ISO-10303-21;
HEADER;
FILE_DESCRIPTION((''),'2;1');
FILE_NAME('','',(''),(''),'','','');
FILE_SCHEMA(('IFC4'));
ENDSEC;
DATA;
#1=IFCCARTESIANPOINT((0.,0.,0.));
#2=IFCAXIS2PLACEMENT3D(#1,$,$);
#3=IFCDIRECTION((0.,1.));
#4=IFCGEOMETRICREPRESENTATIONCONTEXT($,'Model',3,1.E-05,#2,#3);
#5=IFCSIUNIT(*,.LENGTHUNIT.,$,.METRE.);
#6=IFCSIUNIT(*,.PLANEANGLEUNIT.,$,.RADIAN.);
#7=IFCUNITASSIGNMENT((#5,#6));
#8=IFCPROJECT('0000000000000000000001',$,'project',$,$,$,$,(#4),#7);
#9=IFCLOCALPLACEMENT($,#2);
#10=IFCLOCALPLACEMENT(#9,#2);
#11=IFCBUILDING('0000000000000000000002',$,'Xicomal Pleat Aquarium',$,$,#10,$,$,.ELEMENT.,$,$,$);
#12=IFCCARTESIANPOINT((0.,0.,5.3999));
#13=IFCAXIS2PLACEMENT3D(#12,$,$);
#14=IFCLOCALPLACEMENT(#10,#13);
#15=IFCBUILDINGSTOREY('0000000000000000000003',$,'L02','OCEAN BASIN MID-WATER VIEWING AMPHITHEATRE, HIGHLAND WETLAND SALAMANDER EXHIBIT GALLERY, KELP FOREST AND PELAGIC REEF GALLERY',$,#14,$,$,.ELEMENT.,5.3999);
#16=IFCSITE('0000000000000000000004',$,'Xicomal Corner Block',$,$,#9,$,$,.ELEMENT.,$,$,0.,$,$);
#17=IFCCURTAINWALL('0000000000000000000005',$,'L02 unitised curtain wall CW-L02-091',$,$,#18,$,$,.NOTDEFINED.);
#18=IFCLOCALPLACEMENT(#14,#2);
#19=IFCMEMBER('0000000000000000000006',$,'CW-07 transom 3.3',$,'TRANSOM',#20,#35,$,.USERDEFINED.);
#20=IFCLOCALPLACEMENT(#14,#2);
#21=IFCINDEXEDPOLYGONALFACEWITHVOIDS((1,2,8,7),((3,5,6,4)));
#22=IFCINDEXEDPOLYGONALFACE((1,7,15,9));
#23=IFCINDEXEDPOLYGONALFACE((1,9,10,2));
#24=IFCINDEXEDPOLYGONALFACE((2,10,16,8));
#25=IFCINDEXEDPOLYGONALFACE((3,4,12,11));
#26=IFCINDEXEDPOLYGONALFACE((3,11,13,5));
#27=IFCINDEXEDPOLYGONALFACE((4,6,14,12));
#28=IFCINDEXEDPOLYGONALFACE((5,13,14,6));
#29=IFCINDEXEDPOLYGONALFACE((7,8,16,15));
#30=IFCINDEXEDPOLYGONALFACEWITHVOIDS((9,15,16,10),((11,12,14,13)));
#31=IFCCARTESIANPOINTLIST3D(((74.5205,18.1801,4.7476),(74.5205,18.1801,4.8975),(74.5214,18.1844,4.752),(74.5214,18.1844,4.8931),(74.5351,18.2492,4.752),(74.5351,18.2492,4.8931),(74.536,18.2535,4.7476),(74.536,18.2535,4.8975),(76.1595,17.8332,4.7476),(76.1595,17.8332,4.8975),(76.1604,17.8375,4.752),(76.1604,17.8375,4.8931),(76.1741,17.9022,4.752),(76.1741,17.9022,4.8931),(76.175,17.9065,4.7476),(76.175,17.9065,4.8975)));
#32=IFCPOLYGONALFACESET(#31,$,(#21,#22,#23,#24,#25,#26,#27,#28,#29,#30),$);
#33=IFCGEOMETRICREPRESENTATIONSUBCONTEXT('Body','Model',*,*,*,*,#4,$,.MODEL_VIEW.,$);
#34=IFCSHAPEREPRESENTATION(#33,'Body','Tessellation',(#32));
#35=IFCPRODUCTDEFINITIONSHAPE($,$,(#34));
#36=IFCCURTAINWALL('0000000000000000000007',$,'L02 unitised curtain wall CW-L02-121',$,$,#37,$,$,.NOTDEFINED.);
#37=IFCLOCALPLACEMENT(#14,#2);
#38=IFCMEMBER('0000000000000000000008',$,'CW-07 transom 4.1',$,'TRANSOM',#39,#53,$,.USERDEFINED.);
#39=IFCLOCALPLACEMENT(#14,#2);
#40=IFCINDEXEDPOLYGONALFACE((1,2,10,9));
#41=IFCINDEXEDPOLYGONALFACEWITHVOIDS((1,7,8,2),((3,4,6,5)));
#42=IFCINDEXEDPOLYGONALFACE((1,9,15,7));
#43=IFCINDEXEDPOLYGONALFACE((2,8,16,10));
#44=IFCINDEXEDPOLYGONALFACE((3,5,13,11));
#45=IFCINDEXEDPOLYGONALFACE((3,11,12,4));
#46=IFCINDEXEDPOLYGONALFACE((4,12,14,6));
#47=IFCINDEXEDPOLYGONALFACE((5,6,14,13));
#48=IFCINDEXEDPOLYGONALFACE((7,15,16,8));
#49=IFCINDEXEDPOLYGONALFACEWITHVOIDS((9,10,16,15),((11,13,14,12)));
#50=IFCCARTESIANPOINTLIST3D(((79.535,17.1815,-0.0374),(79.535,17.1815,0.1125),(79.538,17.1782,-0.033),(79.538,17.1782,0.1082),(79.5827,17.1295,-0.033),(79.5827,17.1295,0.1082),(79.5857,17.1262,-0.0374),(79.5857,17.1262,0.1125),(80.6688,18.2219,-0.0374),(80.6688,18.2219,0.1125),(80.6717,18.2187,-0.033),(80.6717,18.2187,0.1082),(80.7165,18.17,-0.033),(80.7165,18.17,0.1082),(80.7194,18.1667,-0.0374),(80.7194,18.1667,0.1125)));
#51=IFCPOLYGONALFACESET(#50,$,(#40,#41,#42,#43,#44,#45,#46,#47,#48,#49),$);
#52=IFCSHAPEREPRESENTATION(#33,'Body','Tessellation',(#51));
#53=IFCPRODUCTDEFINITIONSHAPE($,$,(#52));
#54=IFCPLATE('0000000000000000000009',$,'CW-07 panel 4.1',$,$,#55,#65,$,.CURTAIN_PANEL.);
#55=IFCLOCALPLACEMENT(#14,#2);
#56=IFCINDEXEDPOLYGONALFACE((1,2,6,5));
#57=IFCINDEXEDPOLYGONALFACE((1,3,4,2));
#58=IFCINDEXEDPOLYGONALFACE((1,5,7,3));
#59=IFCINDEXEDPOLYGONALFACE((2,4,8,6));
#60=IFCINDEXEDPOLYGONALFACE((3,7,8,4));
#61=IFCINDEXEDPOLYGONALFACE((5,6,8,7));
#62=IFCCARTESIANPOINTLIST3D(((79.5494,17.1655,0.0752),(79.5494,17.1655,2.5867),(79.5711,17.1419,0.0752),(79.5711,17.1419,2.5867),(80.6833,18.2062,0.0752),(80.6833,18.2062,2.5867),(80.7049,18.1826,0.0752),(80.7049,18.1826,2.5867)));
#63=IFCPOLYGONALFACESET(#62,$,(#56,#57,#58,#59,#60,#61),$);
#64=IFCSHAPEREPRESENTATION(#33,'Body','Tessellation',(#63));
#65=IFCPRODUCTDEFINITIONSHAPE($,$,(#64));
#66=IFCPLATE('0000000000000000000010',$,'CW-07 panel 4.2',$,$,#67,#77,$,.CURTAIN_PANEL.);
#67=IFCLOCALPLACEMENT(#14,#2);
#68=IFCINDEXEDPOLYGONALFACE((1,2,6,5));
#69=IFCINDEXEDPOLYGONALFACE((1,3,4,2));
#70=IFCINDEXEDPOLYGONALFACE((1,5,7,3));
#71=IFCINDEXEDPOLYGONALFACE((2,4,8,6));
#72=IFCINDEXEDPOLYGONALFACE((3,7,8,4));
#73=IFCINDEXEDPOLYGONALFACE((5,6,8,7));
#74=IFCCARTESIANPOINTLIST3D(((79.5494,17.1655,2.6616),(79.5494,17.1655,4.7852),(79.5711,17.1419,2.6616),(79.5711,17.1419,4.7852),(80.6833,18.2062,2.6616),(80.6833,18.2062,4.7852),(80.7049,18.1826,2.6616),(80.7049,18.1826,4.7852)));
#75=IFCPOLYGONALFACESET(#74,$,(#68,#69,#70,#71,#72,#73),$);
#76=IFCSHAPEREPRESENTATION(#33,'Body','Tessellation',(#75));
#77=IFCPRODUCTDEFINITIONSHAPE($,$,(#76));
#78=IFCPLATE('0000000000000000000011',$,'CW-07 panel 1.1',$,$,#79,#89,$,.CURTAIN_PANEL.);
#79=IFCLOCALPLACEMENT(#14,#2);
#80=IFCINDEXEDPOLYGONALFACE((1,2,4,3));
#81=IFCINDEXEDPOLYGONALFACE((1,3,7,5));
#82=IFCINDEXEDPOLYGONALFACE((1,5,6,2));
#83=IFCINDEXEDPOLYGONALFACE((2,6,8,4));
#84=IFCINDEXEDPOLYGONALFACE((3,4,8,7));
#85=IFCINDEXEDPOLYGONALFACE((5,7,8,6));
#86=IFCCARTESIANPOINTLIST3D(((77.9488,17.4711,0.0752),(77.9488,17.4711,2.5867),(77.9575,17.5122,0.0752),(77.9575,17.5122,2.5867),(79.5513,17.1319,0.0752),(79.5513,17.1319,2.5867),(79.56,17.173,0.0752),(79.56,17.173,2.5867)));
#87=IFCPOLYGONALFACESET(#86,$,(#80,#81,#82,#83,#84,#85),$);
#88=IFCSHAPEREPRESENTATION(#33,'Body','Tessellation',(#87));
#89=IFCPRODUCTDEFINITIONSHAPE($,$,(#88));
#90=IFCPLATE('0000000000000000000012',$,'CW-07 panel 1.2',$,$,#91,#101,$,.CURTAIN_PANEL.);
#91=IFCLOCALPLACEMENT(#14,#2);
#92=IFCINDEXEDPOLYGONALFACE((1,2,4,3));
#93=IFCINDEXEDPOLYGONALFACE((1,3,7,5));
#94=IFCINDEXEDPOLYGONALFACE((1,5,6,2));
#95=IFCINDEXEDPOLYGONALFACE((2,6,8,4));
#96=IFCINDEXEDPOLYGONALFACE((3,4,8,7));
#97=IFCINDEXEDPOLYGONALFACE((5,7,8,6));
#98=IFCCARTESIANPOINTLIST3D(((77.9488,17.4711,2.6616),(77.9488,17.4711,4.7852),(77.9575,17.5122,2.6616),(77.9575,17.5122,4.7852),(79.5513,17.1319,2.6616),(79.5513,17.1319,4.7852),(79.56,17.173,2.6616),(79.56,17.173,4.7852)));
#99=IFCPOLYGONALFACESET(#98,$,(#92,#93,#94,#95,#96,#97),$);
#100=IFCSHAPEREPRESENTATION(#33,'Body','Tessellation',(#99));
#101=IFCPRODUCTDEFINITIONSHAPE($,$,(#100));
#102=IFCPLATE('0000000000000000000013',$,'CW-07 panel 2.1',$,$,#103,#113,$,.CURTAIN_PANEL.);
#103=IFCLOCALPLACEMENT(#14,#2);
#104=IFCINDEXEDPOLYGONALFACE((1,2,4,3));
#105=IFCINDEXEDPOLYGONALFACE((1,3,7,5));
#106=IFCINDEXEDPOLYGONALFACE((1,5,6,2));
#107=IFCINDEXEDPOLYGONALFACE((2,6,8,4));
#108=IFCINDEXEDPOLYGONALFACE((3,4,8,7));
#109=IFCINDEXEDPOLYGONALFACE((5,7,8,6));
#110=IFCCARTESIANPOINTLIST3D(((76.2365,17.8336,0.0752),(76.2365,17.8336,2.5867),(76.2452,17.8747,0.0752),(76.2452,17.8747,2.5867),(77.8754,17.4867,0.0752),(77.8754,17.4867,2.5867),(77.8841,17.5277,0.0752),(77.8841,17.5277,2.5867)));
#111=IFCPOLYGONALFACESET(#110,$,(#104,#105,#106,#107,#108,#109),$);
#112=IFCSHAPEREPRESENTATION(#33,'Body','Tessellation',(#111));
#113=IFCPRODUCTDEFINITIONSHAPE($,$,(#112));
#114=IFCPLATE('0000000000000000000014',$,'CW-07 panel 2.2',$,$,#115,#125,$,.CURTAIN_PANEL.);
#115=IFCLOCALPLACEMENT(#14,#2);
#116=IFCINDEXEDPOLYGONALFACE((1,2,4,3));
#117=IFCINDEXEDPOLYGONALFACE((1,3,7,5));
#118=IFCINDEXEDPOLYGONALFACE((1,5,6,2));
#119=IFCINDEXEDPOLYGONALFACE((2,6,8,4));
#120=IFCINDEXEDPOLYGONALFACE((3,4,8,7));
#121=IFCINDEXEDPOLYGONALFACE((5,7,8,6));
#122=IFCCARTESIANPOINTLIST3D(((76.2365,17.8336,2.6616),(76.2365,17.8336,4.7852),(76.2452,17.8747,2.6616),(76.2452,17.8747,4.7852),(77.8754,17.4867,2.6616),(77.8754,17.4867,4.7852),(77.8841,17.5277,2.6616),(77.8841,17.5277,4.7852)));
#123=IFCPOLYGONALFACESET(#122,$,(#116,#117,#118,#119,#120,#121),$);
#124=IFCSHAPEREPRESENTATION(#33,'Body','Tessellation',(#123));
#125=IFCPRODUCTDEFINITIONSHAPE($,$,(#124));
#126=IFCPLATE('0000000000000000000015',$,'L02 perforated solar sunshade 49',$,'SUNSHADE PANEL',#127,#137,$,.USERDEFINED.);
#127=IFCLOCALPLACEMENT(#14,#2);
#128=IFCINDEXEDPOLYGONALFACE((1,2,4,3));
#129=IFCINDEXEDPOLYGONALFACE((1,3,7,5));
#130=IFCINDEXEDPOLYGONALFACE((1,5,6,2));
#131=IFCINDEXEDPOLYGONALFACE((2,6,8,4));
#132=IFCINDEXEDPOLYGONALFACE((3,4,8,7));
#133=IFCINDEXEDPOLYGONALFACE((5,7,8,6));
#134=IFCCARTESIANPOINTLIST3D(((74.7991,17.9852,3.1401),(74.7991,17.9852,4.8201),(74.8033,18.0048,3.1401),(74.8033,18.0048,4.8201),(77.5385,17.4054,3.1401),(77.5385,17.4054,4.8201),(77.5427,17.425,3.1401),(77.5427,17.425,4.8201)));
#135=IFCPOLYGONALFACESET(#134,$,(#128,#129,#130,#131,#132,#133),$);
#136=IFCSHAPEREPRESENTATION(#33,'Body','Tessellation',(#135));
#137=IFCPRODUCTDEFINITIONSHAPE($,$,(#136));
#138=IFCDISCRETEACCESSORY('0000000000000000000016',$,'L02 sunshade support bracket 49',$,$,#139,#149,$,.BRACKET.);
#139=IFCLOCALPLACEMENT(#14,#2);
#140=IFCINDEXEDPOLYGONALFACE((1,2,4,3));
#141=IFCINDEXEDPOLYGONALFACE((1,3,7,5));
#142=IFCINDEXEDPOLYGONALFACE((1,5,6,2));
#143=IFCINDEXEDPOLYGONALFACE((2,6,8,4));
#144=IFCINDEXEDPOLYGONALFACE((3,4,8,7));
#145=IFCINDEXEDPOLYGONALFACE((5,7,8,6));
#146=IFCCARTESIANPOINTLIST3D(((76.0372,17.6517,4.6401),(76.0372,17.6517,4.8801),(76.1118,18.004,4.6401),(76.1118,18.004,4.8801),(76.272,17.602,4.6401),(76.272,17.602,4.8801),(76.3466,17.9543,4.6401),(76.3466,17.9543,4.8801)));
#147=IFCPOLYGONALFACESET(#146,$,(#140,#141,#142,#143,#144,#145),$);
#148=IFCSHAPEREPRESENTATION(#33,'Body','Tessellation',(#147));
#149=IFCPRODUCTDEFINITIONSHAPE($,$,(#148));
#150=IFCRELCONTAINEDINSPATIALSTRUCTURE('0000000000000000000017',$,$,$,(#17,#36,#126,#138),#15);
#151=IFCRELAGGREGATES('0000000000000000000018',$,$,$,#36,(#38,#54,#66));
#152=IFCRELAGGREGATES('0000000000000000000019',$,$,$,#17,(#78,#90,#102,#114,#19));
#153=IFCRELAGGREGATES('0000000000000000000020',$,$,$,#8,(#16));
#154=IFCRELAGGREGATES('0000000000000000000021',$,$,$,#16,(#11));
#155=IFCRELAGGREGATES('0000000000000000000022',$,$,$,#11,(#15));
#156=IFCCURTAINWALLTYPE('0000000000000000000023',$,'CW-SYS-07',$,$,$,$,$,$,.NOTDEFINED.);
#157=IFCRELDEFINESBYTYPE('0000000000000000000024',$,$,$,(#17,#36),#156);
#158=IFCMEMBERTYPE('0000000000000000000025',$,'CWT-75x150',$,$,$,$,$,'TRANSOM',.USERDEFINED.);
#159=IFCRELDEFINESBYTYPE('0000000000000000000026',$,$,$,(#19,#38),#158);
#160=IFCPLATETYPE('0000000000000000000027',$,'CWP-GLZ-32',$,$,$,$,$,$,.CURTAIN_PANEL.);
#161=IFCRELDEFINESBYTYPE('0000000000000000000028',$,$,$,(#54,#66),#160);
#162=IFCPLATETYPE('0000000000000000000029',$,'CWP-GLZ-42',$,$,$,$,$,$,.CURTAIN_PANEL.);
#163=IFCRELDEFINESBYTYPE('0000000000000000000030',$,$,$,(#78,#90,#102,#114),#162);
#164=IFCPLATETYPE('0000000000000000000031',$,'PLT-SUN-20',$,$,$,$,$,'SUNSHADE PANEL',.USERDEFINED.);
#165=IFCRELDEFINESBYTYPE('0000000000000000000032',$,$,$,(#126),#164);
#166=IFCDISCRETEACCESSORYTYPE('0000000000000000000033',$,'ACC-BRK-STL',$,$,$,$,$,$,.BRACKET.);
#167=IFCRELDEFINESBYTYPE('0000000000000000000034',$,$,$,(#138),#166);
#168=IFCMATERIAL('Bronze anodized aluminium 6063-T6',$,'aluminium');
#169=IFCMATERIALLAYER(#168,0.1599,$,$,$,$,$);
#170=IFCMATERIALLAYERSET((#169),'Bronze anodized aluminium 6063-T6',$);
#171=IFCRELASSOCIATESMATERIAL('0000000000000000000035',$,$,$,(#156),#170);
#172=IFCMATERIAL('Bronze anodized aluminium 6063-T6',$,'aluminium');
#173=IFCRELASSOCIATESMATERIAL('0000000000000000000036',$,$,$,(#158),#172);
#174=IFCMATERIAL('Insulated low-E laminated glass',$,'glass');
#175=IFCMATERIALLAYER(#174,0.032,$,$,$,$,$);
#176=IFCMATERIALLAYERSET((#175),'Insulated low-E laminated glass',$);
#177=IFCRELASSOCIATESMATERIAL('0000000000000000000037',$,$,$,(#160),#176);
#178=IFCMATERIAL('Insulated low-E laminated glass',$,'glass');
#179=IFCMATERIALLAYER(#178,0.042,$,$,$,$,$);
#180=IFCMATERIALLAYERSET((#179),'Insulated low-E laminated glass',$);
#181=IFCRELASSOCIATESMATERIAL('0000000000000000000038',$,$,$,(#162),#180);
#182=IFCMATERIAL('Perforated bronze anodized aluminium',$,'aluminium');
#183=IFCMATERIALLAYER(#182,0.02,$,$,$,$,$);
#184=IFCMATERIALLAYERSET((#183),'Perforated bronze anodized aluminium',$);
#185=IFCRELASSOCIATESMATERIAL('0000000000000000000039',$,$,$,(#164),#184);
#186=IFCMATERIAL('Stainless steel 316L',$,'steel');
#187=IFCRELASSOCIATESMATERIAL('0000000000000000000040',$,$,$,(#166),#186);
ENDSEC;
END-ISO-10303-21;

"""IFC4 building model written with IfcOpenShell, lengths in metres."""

from ifc_helpers import new_model, si_unit, direction, frame, origin, origin_2d, place, context, subcontext, project, spatial, rectangle, hollow_rectangle, extrude, material, layer, layer_set, material_profile, profile_set, type_object, element, aggregate, save


model = new_model("IFC4")

# Units and contexts
model_context = context("Model", 3, precision=1e-05, world=origin(), true_north=direction((0.0, 1.0)))
body_context = subcontext(model_context, "Body", "Model", "MODEL_VIEW")
ifc_project = project(units=[si_unit("LENGTHUNIT", "METRE"), si_unit("PLANEANGLEUNIT", "RADIAN")], contexts=[model_context])

# Site, building, storey
site_placement = place(None, origin())
site = spatial("IfcSite", under=ifc_project, at=site_placement, Name="Xicomal Corner Block", CompositionType="ELEMENT", RefElevation=0.0)
building_placement = place(site_placement, origin())
building = spatial("IfcBuilding", under=site, at=building_placement, Name="Xicomal Pleat Aquarium", CompositionType="ELEMENT")
storey_placement = place(building_placement, frame((0.0, 0.0, 5.3999)))
storey = spatial("IfcBuildingStorey", under=building, at=storey_placement, Name="L02", Description="OCEAN BASIN MID-WATER VIEWING AMPHITHEATRE, HIGHLAND WETLAND SALAMANDER EXHIBIT GALLERY, KELP FOREST AND PELAGIC REEF GALLERY", CompositionType="ELEMENT", Elevation=5.3999)

# Curtain wall, member
ifc_material_1 = material(Name="Bronze anodized aluminium 6063-T6", Category="aluminium")
ifc_layer_1 = layer(ifc_material_1, 0.1599)
ifc_layer_set_1 = layer_set([ifc_layer_1], Name="Bronze anodized aluminium 6063-T6")
curtain_wall_type = type_object("IfcCurtainWallType", Name="CW-SYS-07", PredefinedType="NOTDEFINED", material=ifc_layer_set_1)
curtain_wall_1_placement = place(storey_placement, origin())
curtain_wall_1 = element("IfcCurtainWall", 1, at=curtain_wall_1_placement, inside=storey, type_object=curtain_wall_type, Name="L02 unitised curtain wall CW-L02-091", PredefinedType="NOTDEFINED")
ifc_material_2 = material(Name="Bronze anodized aluminium 6063-T6", Category="aluminium")
ifc_material_profile_1 = material_profile(ifc_material_2, hollow_rectangle(XDim=0.075, YDim=0.1499, WallThickness=0.0044, at=origin_2d()), Name="ALU TRAN 75x150")
ifc_profile_set_1 = profile_set([ifc_material_profile_1], Name="Bronze anodized aluminium 6063-T6")
member_type_1 = type_object("IfcMemberType", Name="CWT-75x150", ElementType="TRANSOM", PredefinedType="USERDEFINED", material=ifc_profile_set_1)
member_1_placement = place(storey_placement, frame((76.1672, 17.8699, 4.8225), z_axis=(-0.978322, 0.20709, 0.0), x_axis=(-0.20709, -0.978322, 0.0)))
member_1 = element("IfcMember", 2, at=member_1_placement, type_object=member_type_1, Name="CW-07 transom 3.3", ObjectType="TRANSOM", PredefinedType="USERDEFINED", context=body_context, shape_type="SweptSolid", body=[
    extrude(hollow_rectangle(XDim=0.075, YDim=0.1499, WallThickness=0.0044, at=origin_2d()), origin(), (0.0, 0.0, 1.0), 1.6753),
])

# Curtain wall, member, plates
curtain_wall_2_placement = place(storey_placement, origin())
curtain_wall_2 = element("IfcCurtainWall", 3, at=curtain_wall_2_placement, inside=storey, type_object=curtain_wall_type, Name="L02 unitised curtain wall CW-L02-121", PredefinedType="NOTDEFINED")
member_2_placement = place(storey_placement, frame((80.6941, 18.1943, 0.0376), z_axis=(-0.736759, -0.676156, 0.0), x_axis=(0.676156, -0.736759, 0.0)))
member_2 = element("IfcMember", 4, at=member_2_placement, type_object=member_type_1, Name="CW-07 transom 4.1", ObjectType="TRANSOM", PredefinedType="USERDEFINED", context=body_context, shape_type="SweptSolid", body=[
    extrude(hollow_rectangle(XDim=0.075, YDim=0.1499, WallThickness=0.0044, at=origin_2d()), origin(), (0.0, 0.0, 1.0), 1.5388),
])
ifc_material_3 = material(Name="Insulated low-E laminated glass", Category="glass")
ifc_layer_2 = layer(ifc_material_3, 0.032)
ifc_layer_set_2 = layer_set([ifc_layer_2], Name="Insulated low-E laminated glass")
plate_type_1 = type_object("IfcPlateType", Name="CWP-GLZ-32", PredefinedType="CURTAIN_PANEL", material=ifc_layer_set_2)
plate_1_placement = place(storey_placement, frame((80.1272, 17.6741, 0.0752), z_axis=(0.0, 0.0, 1.0), x_axis=(-0.736733, -0.676184, 0.0)))
plate_1 = element("IfcPlate", 5, at=plate_1_placement, type_object=plate_type_1, Name="CW-07 panel 4.1", PredefinedType="CURTAIN_PANEL", context=body_context, shape_type="SweptSolid", body=[
    extrude(rectangle(XDim=1.5391, YDim=0.032, at=origin_2d()), origin(), (0.0, 0.0, 1.0), 2.5115),
])
plate_2_placement = place(storey_placement, frame((80.1272, 17.6741, 2.6616), z_axis=(0.0, 0.0, 1.0), x_axis=(-0.736733, -0.676184, 0.0)))
plate_2 = element("IfcPlate", 6, at=plate_2_placement, type_object=plate_type_1, Name="CW-07 panel 4.2", PredefinedType="CURTAIN_PANEL", context=body_context, shape_type="SweptSolid", body=[
    extrude(rectangle(XDim=1.5391, YDim=0.032, at=origin_2d()), origin(), (0.0, 0.0, 1.0), 2.1235),
])
aggregate(curtain_wall_2, [member_2, plate_1, plate_2])

# Plates
ifc_material_4 = material(Name="Insulated low-E laminated glass", Category="glass")
ifc_layer_3 = layer(ifc_material_4, 0.042)
ifc_layer_set_3 = layer_set([ifc_layer_3], Name="Insulated low-E laminated glass")
plate_type_2 = type_object("IfcPlateType", Name="CWP-GLZ-42", PredefinedType="CURTAIN_PANEL", material=ifc_layer_set_3)
plate_3_placement = place(storey_placement, frame((78.7544, 17.322, 0.0752), z_axis=(0.0, 0.0, 1.0), x_axis=(-0.978322, 0.20709, 0.0)))
plate_3 = element("IfcPlate", 7, at=plate_3_placement, type_object=plate_type_2, Name="CW-07 panel 1.1", PredefinedType="CURTAIN_PANEL", context=body_context, shape_type="SweptSolid", body=[
    extrude(rectangle(XDim=1.6379, YDim=0.042, at=origin_2d()), origin(), (0.0, 0.0, 1.0), 2.5115),
])
plate_4_placement = place(storey_placement, frame((78.7544, 17.322, 2.6616), z_axis=(0.0, 0.0, 1.0), x_axis=(-0.978322, 0.20709, 0.0)))
plate_4 = element("IfcPlate", 8, at=plate_4_placement, type_object=plate_type_2, Name="CW-07 panel 1.2", PredefinedType="CURTAIN_PANEL", context=body_context, shape_type="SweptSolid", body=[
    extrude(rectangle(XDim=1.6379, YDim=0.042, at=origin_2d()), origin(), (0.0, 0.0, 1.0), 2.1235),
])
plate_5_placement = place(storey_placement, frame((77.0603, 17.6807, 0.0752), z_axis=(0.0, 0.0, 1.0), x_axis=(-0.978322, 0.20709, 0.0)))
plate_5 = element("IfcPlate", 9, at=plate_5_placement, type_object=plate_type_2, Name="CW-07 panel 2.1", PredefinedType="CURTAIN_PANEL", context=body_context, shape_type="SweptSolid", body=[
    extrude(rectangle(XDim=1.6753, YDim=0.042, at=origin_2d()), origin(), (0.0, 0.0, 1.0), 2.5115),
])
plate_6_placement = place(storey_placement, frame((77.0603, 17.6807, 2.6616), z_axis=(0.0, 0.0, 1.0), x_axis=(-0.978322, 0.20709, 0.0)))
plate_6 = element("IfcPlate", 10, at=plate_6_placement, type_object=plate_type_2, Name="CW-07 panel 2.2", PredefinedType="CURTAIN_PANEL", context=body_context, shape_type="SweptSolid", body=[
    extrude(rectangle(XDim=1.6753, YDim=0.042, at=origin_2d()), origin(), (0.0, 0.0, 1.0), 2.1235),
])
aggregate(curtain_wall_1, [plate_3, plate_4, plate_5, plate_6, member_1])
ifc_material_5 = material(Name="Perforated bronze anodized aluminium", Category="aluminium")
ifc_layer_4 = layer(ifc_material_5, 0.02)
ifc_layer_set_4 = layer_set([ifc_layer_4], Name="Perforated bronze anodized aluminium")
plate_type_3 = type_object("IfcPlateType", Name="PLT-SUN-20", ElementType="SUNSHADE PANEL", PredefinedType="USERDEFINED", material=ifc_layer_set_4)
plate_7_placement = place(storey_placement, frame((76.1709, 17.7051, 3.1401), z_axis=(0.0, 0.0, 1.0), x_axis=(-0.978329, 0.207058, 0.0)))
element("IfcPlate", 11, at=plate_7_placement, inside=storey, type_object=plate_type_3, Name="L02 perforated solar sunshade 49", ObjectType="SUNSHADE PANEL", PredefinedType="USERDEFINED", context=body_context, shape_type="SweptSolid", body=[
    extrude(rectangle(XDim=2.8, YDim=0.02, at=origin_2d()), origin(), (0.0, 0.0, 1.0), 1.6799),
])

# Discrete accessory
ifc_material_6 = material(Name="Stainless steel 316L", Category="steel")
discrete_accessory_type = type_object("IfcDiscreteAccessoryType", Name="ACC-BRK-STL", PredefinedType="BRACKET", material=ifc_material_6)
discrete_accessory_placement = place(storey_placement, frame((76.1919, 17.803, 4.6401), z_axis=(0.0, 0.0, 1.0), x_axis=(-0.978329, 0.207058, 0.0)))
element("IfcDiscreteAccessory", 12, at=discrete_accessory_placement, inside=storey, type_object=discrete_accessory_type, Name="L02 sunshade support bracket 49", PredefinedType="BRACKET", context=body_context, shape_type="SweptSolid", body=[
    extrude(rectangle(XDim=0.24, YDim=0.3601, at=origin_2d()), origin(), (0.0, 0.0, 1.0), 0.24),
])

save(model, "model.ifc")
